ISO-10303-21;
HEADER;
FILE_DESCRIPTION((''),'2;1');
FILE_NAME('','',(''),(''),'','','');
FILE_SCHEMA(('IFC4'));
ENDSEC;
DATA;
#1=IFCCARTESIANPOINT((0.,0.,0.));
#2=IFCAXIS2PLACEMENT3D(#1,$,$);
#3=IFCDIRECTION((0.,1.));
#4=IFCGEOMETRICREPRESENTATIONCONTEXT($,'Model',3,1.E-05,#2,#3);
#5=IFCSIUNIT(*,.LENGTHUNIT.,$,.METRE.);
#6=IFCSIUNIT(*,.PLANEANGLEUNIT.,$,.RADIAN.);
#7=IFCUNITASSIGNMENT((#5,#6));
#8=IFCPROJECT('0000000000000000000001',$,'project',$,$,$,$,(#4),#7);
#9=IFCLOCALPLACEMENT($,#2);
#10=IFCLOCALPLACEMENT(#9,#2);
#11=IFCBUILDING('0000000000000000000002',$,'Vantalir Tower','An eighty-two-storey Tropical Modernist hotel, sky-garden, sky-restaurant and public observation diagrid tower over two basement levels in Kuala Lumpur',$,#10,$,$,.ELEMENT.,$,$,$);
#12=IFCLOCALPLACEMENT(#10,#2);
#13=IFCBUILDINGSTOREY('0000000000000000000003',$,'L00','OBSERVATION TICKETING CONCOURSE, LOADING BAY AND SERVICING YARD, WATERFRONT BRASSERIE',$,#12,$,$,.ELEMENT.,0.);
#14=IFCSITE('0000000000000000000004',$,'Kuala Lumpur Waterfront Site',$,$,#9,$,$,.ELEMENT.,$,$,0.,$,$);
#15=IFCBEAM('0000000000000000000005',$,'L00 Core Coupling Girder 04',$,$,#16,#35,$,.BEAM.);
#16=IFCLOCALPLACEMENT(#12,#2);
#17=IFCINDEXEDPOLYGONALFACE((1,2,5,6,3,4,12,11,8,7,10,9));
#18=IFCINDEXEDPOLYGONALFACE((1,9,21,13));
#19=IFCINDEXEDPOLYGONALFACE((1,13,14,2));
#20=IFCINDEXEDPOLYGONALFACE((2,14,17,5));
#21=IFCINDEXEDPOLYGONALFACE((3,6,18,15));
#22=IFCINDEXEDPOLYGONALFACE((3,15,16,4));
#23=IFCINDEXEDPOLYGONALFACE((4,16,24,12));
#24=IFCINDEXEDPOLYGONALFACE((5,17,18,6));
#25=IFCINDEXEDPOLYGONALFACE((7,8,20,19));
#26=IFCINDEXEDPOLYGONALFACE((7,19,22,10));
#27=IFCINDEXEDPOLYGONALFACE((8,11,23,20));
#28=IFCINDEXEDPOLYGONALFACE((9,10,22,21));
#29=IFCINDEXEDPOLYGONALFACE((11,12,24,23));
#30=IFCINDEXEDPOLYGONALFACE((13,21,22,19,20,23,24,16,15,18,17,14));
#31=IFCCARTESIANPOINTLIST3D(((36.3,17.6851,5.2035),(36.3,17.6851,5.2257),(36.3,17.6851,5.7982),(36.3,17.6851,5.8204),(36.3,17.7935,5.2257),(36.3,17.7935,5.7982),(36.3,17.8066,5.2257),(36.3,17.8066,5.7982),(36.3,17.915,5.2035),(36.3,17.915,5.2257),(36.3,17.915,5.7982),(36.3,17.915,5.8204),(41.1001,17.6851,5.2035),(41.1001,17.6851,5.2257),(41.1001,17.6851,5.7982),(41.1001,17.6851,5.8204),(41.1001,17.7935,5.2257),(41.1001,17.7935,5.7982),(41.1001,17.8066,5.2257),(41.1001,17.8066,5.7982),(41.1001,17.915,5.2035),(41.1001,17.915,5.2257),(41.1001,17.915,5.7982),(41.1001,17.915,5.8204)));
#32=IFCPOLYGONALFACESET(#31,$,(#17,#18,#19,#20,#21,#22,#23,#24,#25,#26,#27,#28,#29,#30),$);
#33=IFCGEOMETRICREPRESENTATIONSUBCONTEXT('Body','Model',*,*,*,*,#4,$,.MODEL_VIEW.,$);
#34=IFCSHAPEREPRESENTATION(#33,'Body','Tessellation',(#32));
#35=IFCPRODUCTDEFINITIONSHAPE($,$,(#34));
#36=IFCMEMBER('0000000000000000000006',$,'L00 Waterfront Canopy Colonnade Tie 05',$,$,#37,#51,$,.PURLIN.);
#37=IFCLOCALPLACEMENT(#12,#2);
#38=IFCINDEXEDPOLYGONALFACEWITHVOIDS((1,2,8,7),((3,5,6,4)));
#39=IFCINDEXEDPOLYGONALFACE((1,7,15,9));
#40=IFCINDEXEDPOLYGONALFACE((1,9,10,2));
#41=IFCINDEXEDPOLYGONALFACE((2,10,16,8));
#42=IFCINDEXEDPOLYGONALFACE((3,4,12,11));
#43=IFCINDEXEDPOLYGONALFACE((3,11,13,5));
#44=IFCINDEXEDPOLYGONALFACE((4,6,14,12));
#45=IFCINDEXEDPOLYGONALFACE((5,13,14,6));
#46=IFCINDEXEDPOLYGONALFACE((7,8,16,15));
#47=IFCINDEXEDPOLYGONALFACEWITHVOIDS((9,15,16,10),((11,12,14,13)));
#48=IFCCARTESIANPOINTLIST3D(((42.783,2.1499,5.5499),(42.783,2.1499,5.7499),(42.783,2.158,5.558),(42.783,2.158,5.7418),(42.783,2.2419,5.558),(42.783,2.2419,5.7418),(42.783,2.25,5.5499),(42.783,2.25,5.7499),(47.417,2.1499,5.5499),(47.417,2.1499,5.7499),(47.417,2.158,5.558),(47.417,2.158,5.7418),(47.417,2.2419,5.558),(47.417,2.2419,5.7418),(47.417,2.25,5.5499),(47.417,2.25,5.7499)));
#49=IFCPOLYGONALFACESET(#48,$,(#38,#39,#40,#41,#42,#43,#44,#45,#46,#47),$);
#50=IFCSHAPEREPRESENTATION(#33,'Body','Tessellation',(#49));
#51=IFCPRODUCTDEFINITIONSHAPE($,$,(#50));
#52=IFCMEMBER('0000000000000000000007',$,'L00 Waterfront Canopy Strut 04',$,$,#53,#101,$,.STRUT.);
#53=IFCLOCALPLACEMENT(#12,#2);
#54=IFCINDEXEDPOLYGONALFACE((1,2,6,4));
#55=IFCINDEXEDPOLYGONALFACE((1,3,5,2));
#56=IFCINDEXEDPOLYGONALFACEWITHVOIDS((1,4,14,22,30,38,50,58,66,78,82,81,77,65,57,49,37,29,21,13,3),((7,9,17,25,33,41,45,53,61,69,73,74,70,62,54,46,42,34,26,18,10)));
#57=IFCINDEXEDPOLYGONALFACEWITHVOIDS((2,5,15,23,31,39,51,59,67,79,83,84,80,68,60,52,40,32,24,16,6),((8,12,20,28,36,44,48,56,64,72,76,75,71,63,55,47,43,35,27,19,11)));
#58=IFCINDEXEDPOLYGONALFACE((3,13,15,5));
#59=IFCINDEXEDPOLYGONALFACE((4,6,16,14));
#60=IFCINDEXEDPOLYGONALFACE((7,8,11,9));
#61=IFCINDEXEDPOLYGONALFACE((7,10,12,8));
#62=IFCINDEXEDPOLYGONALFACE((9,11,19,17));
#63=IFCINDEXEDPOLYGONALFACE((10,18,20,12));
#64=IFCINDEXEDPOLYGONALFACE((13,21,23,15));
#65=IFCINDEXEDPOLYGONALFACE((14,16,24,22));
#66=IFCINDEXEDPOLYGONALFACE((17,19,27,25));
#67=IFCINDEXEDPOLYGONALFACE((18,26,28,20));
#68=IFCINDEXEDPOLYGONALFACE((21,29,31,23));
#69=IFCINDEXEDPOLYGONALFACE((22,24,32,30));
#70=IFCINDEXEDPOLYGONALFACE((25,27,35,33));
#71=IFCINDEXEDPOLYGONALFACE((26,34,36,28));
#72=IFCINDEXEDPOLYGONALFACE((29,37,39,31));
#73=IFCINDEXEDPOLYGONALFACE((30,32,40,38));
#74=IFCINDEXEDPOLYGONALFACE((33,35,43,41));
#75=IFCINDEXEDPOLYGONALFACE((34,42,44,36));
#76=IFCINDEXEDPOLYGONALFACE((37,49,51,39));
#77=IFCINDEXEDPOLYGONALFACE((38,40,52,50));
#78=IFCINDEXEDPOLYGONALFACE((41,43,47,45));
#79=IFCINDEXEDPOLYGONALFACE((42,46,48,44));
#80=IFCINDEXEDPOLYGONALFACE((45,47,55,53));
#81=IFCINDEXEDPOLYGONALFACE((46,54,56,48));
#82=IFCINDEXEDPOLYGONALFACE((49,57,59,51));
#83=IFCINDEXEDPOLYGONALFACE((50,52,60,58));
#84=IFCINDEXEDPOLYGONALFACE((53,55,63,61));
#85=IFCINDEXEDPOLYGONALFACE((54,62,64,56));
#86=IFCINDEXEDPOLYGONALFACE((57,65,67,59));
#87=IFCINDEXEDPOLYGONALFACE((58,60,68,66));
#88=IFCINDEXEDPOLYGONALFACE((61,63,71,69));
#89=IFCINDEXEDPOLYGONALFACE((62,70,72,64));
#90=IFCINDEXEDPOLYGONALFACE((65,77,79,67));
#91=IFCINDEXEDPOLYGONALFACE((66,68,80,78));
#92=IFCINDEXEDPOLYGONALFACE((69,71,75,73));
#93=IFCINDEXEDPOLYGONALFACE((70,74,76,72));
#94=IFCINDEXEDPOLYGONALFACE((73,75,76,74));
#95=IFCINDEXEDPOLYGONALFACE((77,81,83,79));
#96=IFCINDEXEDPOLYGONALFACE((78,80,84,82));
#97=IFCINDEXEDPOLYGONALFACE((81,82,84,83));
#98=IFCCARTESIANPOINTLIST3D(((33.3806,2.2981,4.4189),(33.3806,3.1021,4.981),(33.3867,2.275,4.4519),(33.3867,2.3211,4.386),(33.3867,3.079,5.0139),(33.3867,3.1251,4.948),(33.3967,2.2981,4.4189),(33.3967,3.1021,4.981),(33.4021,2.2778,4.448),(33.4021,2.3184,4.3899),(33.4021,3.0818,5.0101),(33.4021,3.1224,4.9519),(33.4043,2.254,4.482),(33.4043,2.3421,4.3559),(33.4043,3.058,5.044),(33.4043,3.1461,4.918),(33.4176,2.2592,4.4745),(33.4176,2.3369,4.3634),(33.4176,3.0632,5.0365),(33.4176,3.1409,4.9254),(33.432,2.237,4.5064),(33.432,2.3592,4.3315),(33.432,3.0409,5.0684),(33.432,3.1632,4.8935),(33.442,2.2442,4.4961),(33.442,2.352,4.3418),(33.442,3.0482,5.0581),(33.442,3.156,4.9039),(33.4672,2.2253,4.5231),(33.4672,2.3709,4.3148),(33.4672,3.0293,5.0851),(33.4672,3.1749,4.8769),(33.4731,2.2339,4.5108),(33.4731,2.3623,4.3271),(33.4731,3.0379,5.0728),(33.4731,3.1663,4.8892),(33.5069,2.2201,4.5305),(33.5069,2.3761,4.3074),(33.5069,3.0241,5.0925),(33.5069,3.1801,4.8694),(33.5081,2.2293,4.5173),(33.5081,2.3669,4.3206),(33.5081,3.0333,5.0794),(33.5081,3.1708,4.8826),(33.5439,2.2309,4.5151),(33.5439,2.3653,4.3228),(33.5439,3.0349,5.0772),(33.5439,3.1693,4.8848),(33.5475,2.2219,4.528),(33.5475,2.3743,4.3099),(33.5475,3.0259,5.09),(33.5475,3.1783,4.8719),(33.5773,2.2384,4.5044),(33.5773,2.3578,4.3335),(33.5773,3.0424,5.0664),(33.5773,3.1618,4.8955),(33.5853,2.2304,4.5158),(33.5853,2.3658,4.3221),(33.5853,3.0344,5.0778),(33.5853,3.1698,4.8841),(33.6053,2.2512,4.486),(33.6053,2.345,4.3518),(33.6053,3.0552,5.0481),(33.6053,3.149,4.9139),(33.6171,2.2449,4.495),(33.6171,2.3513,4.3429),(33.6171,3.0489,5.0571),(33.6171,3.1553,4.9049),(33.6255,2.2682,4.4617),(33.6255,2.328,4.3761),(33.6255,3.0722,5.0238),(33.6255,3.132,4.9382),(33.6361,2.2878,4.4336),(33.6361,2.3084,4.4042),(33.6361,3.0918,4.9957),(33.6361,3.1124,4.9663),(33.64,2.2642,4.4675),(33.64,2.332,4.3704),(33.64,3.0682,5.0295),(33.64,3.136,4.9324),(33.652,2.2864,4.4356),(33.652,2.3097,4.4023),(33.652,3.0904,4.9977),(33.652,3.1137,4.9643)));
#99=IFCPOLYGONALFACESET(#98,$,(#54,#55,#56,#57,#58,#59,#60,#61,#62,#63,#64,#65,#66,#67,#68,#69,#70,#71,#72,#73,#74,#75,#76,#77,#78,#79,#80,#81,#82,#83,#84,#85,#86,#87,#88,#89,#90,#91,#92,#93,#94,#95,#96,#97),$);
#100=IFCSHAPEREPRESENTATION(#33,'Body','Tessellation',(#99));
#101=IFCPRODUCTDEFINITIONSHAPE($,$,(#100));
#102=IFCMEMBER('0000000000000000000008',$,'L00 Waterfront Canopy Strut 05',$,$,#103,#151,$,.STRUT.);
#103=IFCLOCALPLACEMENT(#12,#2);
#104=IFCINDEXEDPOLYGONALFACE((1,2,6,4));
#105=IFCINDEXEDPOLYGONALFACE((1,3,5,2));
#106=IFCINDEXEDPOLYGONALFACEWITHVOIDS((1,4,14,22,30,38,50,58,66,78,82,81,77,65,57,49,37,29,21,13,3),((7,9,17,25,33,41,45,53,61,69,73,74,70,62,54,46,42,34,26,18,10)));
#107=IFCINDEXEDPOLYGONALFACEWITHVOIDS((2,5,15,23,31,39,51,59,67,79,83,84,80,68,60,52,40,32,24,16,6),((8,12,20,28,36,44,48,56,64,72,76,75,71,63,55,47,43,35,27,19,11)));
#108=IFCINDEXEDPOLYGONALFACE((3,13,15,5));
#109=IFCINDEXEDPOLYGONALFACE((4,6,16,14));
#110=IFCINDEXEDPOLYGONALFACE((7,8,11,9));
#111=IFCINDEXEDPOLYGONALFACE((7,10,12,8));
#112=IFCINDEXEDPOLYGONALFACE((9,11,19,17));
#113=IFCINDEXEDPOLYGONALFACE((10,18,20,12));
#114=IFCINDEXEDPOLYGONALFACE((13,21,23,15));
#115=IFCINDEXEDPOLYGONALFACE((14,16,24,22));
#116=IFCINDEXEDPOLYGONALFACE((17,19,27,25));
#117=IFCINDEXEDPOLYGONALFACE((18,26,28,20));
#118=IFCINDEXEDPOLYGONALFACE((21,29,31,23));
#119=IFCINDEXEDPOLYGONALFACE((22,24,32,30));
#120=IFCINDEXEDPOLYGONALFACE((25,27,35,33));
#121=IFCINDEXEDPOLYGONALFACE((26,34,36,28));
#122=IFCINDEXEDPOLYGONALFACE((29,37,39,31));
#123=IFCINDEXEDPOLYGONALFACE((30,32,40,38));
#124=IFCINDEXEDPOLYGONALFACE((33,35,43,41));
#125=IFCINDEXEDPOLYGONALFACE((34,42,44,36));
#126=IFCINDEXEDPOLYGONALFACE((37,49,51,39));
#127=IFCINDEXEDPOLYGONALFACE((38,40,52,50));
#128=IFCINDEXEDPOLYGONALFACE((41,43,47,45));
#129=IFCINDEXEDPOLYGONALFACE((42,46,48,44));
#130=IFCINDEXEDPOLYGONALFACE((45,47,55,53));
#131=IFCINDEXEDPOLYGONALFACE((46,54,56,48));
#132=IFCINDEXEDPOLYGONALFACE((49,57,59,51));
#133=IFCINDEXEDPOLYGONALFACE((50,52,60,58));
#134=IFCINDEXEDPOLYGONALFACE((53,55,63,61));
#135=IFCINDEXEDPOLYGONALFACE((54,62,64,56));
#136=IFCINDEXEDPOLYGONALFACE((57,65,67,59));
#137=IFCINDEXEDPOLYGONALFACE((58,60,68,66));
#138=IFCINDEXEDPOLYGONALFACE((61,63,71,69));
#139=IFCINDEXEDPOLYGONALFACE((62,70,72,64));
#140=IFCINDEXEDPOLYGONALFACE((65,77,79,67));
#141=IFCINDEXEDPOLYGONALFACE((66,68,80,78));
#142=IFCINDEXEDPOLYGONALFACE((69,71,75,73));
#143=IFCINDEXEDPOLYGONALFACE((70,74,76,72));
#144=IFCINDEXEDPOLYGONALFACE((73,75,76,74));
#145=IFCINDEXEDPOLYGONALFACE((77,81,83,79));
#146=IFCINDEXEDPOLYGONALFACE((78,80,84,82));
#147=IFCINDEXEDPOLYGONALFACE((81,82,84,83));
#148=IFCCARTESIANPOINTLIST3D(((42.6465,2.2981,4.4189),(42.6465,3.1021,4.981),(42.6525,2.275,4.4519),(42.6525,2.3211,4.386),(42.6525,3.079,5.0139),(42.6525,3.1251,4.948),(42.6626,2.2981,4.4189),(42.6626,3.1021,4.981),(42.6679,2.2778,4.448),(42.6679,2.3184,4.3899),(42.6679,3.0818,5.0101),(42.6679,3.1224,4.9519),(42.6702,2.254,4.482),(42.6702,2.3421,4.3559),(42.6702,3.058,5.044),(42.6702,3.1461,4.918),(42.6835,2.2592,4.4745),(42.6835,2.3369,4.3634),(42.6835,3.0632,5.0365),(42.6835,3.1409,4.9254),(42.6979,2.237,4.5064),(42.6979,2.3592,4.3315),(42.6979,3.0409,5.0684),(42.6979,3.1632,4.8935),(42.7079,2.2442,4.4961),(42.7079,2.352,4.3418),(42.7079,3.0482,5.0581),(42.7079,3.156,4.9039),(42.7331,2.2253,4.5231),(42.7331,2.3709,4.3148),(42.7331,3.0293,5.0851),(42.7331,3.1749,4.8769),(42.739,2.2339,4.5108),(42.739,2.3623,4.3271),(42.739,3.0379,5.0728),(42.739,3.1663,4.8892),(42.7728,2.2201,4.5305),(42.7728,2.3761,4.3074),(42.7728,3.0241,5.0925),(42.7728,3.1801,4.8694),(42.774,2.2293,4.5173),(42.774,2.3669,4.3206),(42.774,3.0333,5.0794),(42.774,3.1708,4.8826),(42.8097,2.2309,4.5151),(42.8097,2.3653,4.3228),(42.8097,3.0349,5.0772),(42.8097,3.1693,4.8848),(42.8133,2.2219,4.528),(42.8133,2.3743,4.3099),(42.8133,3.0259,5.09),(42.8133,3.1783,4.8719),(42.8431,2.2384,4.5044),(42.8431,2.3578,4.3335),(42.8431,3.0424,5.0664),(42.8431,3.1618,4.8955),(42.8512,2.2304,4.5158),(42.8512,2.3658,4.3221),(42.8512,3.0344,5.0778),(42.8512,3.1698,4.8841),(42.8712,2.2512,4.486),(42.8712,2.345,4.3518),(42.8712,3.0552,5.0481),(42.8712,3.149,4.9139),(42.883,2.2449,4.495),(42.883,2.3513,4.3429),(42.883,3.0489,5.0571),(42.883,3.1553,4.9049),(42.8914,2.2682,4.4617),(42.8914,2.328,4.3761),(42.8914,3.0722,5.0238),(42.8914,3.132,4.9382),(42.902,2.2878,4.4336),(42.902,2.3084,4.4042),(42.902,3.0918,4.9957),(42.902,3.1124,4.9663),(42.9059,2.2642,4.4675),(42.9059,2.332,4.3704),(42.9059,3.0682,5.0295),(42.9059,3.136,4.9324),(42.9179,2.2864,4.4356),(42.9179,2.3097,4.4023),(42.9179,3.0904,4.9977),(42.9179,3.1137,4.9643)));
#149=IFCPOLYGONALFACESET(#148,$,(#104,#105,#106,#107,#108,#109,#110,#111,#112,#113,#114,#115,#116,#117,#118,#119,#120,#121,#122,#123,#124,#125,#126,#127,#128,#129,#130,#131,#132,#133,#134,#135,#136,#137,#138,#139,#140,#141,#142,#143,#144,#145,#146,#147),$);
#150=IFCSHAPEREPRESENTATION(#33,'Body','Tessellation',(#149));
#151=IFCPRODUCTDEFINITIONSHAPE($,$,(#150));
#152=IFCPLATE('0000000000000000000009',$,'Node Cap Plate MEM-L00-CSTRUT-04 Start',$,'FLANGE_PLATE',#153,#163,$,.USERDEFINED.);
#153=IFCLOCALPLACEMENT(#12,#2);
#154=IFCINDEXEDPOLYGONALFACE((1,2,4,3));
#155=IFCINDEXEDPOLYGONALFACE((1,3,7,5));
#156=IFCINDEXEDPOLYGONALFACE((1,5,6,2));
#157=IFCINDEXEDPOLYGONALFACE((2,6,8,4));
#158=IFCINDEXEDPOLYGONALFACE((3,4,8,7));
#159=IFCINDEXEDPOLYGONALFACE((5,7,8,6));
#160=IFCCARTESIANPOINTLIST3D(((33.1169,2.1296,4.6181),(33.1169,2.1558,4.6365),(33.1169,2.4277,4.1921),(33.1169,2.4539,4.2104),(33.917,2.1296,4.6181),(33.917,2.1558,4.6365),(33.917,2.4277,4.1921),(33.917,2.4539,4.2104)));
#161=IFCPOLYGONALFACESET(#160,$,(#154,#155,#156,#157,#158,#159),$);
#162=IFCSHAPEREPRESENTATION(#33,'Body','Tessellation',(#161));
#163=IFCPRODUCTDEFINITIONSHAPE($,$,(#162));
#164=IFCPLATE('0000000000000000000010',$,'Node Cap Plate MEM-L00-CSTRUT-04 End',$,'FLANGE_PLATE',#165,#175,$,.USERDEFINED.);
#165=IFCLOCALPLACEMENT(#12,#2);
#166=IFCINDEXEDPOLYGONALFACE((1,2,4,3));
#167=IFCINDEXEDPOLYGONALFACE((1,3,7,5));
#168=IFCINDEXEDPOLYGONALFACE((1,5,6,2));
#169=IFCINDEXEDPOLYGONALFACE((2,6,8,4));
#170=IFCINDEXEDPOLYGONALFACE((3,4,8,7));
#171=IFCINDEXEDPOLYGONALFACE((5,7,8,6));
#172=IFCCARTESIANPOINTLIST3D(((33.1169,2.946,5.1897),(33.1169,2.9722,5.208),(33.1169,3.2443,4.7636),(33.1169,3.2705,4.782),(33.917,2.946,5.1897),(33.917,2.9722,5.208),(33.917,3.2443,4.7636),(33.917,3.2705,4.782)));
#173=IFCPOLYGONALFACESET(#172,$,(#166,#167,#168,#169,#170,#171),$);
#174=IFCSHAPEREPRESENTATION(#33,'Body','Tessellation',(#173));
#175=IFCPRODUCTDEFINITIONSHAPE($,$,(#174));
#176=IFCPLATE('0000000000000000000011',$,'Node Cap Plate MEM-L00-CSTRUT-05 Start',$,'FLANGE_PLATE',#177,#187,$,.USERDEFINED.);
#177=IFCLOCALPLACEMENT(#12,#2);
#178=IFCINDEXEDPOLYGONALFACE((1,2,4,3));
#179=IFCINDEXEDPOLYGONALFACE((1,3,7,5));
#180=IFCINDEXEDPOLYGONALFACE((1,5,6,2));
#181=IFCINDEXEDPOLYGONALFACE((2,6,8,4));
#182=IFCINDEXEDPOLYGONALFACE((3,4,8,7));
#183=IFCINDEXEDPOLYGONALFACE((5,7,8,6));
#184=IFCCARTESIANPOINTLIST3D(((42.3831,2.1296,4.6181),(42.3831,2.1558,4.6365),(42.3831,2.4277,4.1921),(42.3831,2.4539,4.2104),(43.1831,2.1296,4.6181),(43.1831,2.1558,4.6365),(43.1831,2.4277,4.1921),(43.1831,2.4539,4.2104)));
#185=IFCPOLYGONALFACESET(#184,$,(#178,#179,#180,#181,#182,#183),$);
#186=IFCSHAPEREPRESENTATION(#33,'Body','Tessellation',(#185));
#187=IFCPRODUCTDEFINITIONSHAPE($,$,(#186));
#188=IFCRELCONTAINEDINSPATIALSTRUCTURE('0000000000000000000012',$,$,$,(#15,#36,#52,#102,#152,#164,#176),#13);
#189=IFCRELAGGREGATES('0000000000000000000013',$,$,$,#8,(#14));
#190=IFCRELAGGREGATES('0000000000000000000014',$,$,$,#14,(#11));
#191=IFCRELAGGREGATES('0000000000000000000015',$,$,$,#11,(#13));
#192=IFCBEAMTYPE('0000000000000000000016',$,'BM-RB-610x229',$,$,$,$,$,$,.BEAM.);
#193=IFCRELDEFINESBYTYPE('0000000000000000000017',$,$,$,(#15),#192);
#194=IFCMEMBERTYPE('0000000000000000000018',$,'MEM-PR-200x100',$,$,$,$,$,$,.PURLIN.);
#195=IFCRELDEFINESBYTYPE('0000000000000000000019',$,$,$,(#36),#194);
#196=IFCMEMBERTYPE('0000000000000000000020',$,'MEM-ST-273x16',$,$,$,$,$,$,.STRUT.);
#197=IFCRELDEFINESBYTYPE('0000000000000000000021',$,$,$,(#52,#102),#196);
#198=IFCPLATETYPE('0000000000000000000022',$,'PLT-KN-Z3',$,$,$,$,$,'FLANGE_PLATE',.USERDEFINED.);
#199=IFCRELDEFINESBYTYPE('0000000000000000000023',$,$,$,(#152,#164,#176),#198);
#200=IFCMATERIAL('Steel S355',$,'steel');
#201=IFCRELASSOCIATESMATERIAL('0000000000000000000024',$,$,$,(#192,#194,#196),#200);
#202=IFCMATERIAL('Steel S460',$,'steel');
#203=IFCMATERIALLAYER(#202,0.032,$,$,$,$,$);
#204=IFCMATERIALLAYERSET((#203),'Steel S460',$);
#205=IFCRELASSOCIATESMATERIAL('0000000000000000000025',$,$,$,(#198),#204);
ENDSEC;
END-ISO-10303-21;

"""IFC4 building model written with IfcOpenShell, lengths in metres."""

from ifc_helpers import new_model, si_unit, direction, frame, origin, origin_2d, place, context, subcontext, project, spatial, polyline, hollow_rectangle, hollow_circle, i_section, outline, extrude, material, layer, layer_set, material_profile, profile_set, type_object, element, save


model = new_model("IFC4")

# Units and contexts
model_context = context("Model", 3, precision=1e-05, world=origin(), true_north=direction((0.0, 1.0)))
body_context = subcontext(model_context, "Body", "Model", "MODEL_VIEW")
ifc_project = project(units=[si_unit("LENGTHUNIT", "METRE"), si_unit("PLANEANGLEUNIT", "RADIAN")], contexts=[model_context])

# Site, building, storey
site_placement = place(None, origin())
site = spatial("IfcSite", under=ifc_project, at=site_placement, Name="Kuala Lumpur Waterfront Site", CompositionType="ELEMENT", RefElevation=0.0)
building_placement = place(site_placement, origin())
building = spatial("IfcBuilding", under=site, at=building_placement, Name="Vantalir Tower", Description="An eighty-two-storey Tropical Modernist hotel, sky-garden, sky-restaurant and public observation diagrid tower over two basement levels in Kuala Lumpur", CompositionType="ELEMENT")
storey_placement = place(building_placement, origin())
storey = spatial("IfcBuildingStorey", under=building, at=storey_placement, Name="L00", Description="OBSERVATION TICKETING CONCOURSE, LOADING BAY AND SERVICING YARD, WATERFRONT BRASSERIE", CompositionType="ELEMENT", Elevation=0.0)

# Shared definitions
ifc_material_1 = material(Name="Steel S460", Category="steel")

# Beam
ifc_material_2 = material(Name="Steel S355", Category="steel")
ifc_material_profile_1 = material_profile(ifc_material_2, i_section(OverallWidth=0.23, OverallDepth=0.6169, WebThickness=0.0132, FlangeThickness=0.0222, at=origin_2d()), Name="Steel S355")
ifc_profile_set_1 = profile_set([ifc_material_profile_1], Name="Steel S355")
beam_type_1 = type_object("IfcBeamType", Name="BM-RB-610x229", PredefinedType="BEAM", material=ifc_profile_set_1)
for number, where, z_axis, x_axis, name in (
    (1, (36.3, 17.8, 5.512), (1.0, 0.0, 0.0), (0.0, 1.0, 0.0), "L00 Core Coupling Girder 04"),
):
    element("IfcBeam", number, at=place(storey_placement, frame(where, z_axis=z_axis, x_axis=x_axis)), inside=storey, type_object=beam_type_1, Name=name, PredefinedType="BEAM", context=body_context, shape_type="SweptSolid", body=[
        extrude(i_section(OverallWidth=0.23, OverallDepth=0.6169, WebThickness=0.0132, FlangeThickness=0.0222, at=origin_2d()), origin(), (0.0, 0.0, 1.0), 4.8),
    ])

# Members
ifc_material_profile_2 = material_profile(ifc_material_2, hollow_rectangle(XDim=0.1001, YDim=0.2, WallThickness=0.0081, at=origin_2d()), Name="Steel S355")
ifc_profile_set_2 = profile_set([ifc_material_profile_2], Name="Steel S355")
member_type_1 = type_object("IfcMemberType", Name="MEM-PR-200x100", PredefinedType="PURLIN", material=ifc_profile_set_2)
member_placement = place(storey_placement, frame((42.783, 2.2, 5.6499), z_axis=(1.0, 0.0, 0.0), x_axis=(0.0, 1.0, 0.0)))
element("IfcMember", 2, at=member_placement, inside=storey, type_object=member_type_1, Name="L00 Waterfront Canopy Colonnade Tie 05", PredefinedType="PURLIN", context=body_context, shape_type="SweptSolid", body=[
    extrude(hollow_rectangle(XDim=0.1001, YDim=0.2, WallThickness=0.0081, at=origin_2d()), origin(), (0.0, 0.0, 1.0), 4.634),
])
ifc_material_profile_3 = material_profile(ifc_material_2, hollow_circle(Radius=0.1365, WallThickness=0.0161, at=origin_2d()), Name="Steel S355")
ifc_profile_set_3 = profile_set([ifc_material_profile_3], Name="Steel S355")
member_type_2 = type_object("IfcMemberType", Name="MEM-ST-273x16", PredefinedType="STRUT", material=ifc_profile_set_3)
for number, where, z_axis, x_axis, name in (
    (3, (33.5171, 2.2981, 4.4189), (0.0, 0.819594, 0.572944), (-1.0, 0.0, 0.0), "L00 Waterfront Canopy Strut 04"),
    (4, (42.783, 2.2981, 4.4189), (0.0, 0.819594, 0.572944), (-1.0, 0.0, 0.0), "L00 Waterfront Canopy Strut 05"),
):
    element("IfcMember", number, at=place(storey_placement, frame(where, z_axis=z_axis, x_axis=x_axis)), inside=storey, type_object=member_type_2, Name=name, PredefinedType="STRUT", context=body_context, shape_type="SweptSolid", body=[
        extrude(hollow_circle(Radius=0.1365, WallThickness=0.0161, at=origin_2d()), origin(), (0.0, 0.0, 1.0), 0.981),
    ])

# Plates
ifc_layer_1 = layer(ifc_material_1, 0.032)
ifc_layer_set_1 = layer_set([ifc_layer_1], Name="Steel S460")
plate_type = type_object("IfcPlateType", Name="PLT-KN-Z3", ElementType="FLANGE_PLATE", PredefinedType="USERDEFINED", material=ifc_layer_set_1)
plate_1_placement = place(storey_placement, frame((33.917, 2.4539, 4.2104), z_axis=(0.0, 0.819342, 0.573305), x_axis=(-1.0, 0.0, 0.0)))
element("IfcPlate", 5, at=plate_1_placement, inside=storey, type_object=plate_type, Name="Node Cap Plate MEM-L00-CSTRUT-04 Start", ObjectType="FLANGE_PLATE", PredefinedType="USERDEFINED", context=body_context, shape_type="SweptSolid", body=[
    extrude(outline(polyline([(0.0, 0.0), (0.8, 0.0), (0.8, 0.52), (0.0, 0.52), (0.0, 0.0)])), origin(), (0.0, 0.0, -1.0), 0.032),
])
plate_2_placement = place(storey_placement, frame((33.917, 3.2705, 4.782), z_axis=(0.0, 0.819122, 0.57362), x_axis=(-1.0, 0.0, 0.0)))
element("IfcPlate", 6, at=plate_2_placement, inside=storey, type_object=plate_type, Name="Node Cap Plate MEM-L00-CSTRUT-04 End", ObjectType="FLANGE_PLATE", PredefinedType="USERDEFINED", context=body_context, shape_type="SweptSolid", body=[
    extrude(outline(polyline([(0.0, 0.0), (0.8, 0.0), (0.8, 0.5201), (0.0, 0.5201), (0.0, 0.0)])), origin(), (0.0, 0.0, -1.0), 0.032),
])
plate_3_placement = place(storey_placement, frame((43.1831, 2.4539, 4.2104), z_axis=(0.0, 0.819342, 0.573305), x_axis=(-1.0, 0.0, 0.0)))
element("IfcPlate", 7, at=plate_3_placement, inside=storey, type_object=plate_type, Name="Node Cap Plate MEM-L00-CSTRUT-05 Start", ObjectType="FLANGE_PLATE", PredefinedType="USERDEFINED", context=body_context, shape_type="SweptSolid", body=[
    extrude(outline(polyline([(0.0, 0.0), (0.8, 0.0), (0.8, 0.52), (0.0, 0.52), (0.0, 0.0)])), origin(), (0.0, 0.0, -1.0), 0.032),
])

save(model, "model.ifc")
